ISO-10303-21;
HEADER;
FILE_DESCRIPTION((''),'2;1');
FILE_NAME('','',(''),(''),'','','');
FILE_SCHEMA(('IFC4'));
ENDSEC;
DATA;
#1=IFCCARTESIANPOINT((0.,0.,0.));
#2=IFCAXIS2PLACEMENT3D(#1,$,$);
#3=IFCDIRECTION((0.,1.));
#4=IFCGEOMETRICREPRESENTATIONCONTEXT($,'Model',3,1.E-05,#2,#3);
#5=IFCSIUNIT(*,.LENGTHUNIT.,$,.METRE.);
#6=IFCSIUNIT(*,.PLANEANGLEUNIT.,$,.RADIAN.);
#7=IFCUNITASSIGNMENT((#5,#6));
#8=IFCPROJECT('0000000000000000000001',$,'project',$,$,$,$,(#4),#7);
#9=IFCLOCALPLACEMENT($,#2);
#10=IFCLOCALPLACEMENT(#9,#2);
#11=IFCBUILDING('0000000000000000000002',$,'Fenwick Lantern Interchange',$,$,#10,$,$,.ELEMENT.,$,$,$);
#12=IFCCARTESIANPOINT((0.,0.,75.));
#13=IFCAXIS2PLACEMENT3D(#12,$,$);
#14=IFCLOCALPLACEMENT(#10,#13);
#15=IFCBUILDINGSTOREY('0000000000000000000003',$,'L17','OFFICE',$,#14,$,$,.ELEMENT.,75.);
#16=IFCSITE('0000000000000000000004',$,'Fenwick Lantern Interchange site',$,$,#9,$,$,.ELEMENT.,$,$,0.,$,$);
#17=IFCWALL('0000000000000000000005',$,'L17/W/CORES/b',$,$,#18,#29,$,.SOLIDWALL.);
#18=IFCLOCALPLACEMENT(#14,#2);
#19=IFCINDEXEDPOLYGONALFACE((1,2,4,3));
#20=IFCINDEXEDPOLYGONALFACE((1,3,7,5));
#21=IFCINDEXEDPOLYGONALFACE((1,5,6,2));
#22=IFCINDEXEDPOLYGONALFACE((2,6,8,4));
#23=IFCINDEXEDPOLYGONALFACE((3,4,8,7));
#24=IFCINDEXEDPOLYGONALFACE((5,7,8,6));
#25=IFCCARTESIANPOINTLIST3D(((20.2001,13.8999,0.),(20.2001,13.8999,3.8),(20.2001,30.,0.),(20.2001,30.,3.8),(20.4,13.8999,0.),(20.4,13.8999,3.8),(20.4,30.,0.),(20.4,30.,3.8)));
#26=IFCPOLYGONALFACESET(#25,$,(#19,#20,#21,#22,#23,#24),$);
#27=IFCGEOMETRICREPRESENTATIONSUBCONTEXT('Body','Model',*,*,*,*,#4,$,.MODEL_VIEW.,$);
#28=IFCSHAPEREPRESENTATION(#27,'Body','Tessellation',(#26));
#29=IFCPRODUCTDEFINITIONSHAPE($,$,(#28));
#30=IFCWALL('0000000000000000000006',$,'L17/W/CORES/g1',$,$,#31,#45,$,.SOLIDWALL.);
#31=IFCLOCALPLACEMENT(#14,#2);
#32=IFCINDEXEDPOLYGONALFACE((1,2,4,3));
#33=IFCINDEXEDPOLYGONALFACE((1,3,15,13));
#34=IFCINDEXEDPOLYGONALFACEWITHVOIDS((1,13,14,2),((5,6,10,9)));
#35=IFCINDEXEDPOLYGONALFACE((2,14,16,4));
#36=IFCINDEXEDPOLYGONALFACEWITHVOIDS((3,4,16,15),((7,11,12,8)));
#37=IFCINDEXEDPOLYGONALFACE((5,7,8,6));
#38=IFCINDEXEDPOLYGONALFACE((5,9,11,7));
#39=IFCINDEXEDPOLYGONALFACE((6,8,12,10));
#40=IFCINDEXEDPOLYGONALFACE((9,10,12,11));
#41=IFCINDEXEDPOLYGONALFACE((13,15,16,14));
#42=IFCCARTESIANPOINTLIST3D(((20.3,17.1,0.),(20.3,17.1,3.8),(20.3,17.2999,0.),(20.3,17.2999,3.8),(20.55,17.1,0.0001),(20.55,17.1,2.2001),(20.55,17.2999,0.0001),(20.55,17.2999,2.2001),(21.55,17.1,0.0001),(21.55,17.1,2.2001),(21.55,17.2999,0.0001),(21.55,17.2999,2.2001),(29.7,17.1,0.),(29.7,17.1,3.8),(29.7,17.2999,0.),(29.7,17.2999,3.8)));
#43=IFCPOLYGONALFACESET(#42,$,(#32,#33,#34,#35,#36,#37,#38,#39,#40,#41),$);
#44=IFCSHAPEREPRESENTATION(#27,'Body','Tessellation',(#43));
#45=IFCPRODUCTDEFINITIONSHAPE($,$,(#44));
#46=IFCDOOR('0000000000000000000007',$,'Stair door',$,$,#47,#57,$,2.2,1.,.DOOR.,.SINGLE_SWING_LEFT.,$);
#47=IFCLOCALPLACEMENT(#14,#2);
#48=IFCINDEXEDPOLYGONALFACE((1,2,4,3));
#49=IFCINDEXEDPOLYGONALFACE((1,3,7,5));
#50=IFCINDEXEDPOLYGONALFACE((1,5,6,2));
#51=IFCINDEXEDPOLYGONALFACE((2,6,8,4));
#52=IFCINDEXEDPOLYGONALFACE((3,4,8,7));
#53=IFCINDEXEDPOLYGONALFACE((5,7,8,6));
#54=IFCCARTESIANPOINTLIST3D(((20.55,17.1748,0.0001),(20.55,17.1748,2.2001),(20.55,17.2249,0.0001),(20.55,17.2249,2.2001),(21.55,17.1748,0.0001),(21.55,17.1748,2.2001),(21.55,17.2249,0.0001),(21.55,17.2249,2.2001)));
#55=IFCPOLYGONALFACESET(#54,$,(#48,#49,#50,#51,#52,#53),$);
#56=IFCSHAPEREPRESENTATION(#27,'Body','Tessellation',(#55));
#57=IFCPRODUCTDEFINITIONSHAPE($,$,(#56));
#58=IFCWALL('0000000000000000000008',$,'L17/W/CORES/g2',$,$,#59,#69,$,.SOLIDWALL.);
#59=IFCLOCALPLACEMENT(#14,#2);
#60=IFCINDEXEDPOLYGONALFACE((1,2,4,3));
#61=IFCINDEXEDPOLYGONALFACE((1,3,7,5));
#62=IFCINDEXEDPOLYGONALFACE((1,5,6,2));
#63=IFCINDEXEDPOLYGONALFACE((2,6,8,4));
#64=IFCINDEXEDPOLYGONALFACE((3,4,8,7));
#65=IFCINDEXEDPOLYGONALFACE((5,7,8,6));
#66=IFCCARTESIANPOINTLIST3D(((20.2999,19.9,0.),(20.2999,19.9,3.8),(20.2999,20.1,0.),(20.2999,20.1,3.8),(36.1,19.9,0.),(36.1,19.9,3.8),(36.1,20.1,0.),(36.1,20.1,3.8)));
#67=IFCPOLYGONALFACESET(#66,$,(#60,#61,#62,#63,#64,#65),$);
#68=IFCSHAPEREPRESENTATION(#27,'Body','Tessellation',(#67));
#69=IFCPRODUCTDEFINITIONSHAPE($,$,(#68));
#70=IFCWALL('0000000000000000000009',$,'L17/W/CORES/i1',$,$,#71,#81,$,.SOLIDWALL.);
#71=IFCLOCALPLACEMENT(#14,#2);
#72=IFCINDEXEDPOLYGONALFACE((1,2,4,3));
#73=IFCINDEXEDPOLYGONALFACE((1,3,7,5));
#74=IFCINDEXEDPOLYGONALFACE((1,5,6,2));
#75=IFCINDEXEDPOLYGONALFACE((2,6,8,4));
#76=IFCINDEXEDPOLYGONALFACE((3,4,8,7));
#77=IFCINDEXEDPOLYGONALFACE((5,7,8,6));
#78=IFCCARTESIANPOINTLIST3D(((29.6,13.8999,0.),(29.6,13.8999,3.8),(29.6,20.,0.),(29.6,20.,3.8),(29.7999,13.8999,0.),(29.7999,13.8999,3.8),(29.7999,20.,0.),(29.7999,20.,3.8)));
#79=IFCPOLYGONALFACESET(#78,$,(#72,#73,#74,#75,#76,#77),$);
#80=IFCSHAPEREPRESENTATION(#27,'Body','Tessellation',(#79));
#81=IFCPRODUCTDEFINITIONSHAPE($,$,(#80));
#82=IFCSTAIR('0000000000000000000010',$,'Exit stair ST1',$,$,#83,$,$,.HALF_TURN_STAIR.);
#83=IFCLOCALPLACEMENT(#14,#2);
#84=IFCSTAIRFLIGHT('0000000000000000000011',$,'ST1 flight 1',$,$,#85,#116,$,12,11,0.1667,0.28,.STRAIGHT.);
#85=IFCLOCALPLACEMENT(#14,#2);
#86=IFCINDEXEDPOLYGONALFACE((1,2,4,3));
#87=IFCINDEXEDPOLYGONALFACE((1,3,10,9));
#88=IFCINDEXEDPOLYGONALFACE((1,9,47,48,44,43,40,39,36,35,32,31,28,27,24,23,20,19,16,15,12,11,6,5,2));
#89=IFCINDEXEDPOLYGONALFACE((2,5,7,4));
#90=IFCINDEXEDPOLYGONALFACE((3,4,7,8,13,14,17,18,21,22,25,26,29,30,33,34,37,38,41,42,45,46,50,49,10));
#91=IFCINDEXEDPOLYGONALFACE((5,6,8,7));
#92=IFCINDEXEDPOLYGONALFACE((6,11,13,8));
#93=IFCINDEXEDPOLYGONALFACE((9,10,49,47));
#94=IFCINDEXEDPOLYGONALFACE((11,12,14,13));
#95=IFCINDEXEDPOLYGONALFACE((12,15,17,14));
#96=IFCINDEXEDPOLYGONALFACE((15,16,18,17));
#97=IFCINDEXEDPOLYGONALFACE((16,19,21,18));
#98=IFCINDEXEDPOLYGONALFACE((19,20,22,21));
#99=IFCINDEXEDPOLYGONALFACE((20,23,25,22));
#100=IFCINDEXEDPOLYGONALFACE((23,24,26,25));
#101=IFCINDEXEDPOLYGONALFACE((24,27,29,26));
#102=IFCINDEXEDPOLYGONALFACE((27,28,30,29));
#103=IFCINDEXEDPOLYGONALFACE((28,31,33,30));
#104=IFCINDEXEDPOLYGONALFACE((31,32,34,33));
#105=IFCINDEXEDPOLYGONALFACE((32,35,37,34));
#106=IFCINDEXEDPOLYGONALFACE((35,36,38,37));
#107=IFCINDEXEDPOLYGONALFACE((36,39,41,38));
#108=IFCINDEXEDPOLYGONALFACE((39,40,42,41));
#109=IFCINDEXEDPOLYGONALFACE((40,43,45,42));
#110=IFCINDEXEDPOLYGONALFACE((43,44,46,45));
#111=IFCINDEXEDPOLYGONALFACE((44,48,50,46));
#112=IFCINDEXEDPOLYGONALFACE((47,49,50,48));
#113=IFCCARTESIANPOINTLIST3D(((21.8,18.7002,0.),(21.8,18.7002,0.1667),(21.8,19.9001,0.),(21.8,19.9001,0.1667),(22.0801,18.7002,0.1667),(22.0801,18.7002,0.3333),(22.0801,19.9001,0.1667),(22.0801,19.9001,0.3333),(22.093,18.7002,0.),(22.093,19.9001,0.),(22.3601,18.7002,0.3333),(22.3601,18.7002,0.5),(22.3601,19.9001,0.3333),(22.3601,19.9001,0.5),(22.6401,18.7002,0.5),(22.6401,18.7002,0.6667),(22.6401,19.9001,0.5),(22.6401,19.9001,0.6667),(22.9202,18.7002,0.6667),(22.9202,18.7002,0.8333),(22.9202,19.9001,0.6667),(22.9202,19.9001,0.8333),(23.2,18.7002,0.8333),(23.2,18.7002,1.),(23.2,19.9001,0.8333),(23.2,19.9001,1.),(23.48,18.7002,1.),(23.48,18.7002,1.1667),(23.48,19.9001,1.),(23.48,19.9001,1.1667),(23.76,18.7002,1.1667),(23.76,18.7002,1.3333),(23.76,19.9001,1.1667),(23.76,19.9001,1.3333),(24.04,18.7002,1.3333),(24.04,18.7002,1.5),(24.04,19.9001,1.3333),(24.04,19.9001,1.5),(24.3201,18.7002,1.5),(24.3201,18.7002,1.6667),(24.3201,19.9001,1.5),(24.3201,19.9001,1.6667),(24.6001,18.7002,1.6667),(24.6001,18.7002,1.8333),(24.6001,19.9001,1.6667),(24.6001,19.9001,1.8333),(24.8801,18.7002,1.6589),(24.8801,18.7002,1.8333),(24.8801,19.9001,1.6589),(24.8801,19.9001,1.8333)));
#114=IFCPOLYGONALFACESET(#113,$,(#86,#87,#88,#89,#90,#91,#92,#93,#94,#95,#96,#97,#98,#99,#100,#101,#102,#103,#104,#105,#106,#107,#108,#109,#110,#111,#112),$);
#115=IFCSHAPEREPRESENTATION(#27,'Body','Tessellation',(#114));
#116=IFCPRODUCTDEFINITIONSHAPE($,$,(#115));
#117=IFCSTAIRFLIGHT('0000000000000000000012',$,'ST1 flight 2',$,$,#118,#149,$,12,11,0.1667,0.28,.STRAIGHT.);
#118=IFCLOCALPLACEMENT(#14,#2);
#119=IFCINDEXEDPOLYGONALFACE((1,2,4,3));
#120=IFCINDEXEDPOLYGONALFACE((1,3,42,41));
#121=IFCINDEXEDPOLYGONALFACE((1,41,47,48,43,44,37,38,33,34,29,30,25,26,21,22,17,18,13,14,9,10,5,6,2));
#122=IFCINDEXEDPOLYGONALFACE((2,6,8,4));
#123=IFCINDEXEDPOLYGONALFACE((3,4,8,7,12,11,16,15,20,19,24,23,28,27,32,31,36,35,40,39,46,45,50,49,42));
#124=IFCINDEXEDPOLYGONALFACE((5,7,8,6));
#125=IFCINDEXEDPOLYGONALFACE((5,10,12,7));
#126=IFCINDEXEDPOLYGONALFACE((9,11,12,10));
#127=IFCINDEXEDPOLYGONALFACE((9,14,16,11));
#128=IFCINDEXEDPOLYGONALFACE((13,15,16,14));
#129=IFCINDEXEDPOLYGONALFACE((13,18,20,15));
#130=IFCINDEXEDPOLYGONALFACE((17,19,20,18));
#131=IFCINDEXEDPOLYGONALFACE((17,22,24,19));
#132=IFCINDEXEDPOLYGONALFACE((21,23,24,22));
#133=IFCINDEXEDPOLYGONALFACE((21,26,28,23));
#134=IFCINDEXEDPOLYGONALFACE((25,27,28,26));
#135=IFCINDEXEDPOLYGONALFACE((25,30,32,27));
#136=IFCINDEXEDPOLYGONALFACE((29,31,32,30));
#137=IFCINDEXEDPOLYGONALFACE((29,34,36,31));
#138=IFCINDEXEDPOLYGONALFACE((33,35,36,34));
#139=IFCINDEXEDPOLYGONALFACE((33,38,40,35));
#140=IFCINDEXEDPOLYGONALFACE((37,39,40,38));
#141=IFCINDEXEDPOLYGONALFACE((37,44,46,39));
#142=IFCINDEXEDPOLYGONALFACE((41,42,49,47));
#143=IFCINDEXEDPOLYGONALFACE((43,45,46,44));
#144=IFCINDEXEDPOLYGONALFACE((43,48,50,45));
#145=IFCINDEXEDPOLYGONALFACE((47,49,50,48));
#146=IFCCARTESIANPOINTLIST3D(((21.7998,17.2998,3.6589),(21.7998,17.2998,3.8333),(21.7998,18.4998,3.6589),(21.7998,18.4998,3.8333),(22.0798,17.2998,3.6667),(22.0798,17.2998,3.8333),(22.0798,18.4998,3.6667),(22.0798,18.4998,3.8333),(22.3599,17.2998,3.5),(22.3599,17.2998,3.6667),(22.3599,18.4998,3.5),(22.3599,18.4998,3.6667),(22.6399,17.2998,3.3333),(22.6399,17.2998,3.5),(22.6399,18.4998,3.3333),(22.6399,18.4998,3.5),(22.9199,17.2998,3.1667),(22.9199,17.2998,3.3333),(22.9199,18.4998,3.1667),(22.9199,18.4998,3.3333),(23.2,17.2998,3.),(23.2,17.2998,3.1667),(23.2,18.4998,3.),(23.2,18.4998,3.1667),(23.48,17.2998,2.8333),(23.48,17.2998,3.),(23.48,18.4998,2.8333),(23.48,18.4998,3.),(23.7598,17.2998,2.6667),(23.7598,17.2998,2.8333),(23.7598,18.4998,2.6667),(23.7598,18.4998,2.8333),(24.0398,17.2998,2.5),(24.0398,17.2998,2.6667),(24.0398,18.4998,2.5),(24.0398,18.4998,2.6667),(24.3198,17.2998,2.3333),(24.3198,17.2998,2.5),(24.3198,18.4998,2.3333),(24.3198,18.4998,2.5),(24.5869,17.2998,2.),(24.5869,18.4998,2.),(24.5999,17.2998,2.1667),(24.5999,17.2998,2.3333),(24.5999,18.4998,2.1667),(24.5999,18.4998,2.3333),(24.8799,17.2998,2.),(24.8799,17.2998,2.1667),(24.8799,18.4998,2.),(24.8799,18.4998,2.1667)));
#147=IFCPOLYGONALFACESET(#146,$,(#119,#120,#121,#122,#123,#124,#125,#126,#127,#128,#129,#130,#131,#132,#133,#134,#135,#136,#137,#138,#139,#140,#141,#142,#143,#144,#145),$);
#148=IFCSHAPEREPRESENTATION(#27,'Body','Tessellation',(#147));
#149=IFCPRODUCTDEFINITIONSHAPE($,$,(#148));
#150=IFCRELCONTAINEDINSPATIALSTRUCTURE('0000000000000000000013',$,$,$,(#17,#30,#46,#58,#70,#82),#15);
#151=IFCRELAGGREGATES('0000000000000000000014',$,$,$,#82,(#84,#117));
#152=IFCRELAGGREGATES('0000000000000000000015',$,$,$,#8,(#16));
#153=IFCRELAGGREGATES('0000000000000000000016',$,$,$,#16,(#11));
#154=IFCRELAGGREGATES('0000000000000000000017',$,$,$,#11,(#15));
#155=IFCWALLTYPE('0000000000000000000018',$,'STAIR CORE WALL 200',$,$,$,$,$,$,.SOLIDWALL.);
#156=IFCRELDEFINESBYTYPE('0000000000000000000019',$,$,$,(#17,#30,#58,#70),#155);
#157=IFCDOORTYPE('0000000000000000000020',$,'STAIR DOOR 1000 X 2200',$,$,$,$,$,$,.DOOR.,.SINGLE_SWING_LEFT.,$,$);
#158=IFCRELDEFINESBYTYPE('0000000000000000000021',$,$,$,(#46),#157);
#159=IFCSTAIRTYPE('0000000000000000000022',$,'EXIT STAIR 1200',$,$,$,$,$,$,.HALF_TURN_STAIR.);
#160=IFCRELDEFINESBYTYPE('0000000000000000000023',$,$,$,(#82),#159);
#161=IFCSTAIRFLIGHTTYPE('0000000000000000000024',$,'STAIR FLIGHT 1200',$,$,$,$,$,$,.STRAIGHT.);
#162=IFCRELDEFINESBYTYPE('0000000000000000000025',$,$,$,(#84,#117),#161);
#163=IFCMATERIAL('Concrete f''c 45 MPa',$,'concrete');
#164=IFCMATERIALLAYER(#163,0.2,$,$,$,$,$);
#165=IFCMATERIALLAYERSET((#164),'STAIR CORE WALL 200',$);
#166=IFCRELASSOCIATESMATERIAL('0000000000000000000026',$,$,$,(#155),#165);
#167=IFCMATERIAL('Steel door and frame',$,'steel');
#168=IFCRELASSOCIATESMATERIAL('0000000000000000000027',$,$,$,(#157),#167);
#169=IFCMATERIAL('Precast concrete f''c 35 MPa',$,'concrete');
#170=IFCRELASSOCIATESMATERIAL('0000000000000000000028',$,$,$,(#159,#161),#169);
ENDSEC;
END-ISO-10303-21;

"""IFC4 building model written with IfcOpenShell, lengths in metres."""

from ifc_helpers import new_model, si_unit, direction, frame, frame_2d, origin, place, context, subcontext, project, spatial, polyline, rectangle, outline, extrude, material, layer, layer_set, type_object, element, fill, aggregate, save


model = new_model("IFC4")

# Units and contexts
model_context = context("Model", 3, precision=1e-05, world=origin(), true_north=direction((0.0, 1.0)))
body_context = subcontext(model_context, "Body", "Model", "MODEL_VIEW")
ifc_project = project(units=[si_unit("LENGTHUNIT", "METRE"), si_unit("PLANEANGLEUNIT", "RADIAN")], contexts=[model_context])

# Site, building, storey
site_placement = place(None, origin())
site = spatial("IfcSite", under=ifc_project, at=site_placement, Name="Fenwick Lantern Interchange site", CompositionType="ELEMENT", RefElevation=0.0)
building_placement = place(site_placement, origin())
building = spatial("IfcBuilding", under=site, at=building_placement, Name="Fenwick Lantern Interchange", CompositionType="ELEMENT")
storey_placement = place(building_placement, frame((0.0, 0.0, 75.0)))
storey = spatial("IfcBuildingStorey", under=building, at=storey_placement, Name="L17", Description="OFFICE", CompositionType="ELEMENT", Elevation=75.0)

# Shared definitions
ifc_material_1 = material(Name="Steel door and frame", Category="steel")

# Wall
ifc_material_2 = material(Name="Concrete f'c 45 MPa", Category="concrete")
ifc_layer_1 = layer(ifc_material_2, 0.2)
ifc_layer_set_1 = layer_set([ifc_layer_1], Name="STAIR CORE WALL 200")
wall_type_1 = type_object("IfcWallType", Name="STAIR CORE WALL 200", PredefinedType="SOLIDWALL", material=ifc_layer_set_1)
wall_1_placement = place(storey_placement, frame((20.3, 13.8999, 0.0), z_axis=(0.0, 0.0, 1.0), x_axis=(0.0, 1.0, 0.0)))
element("IfcWall", 1, at=wall_1_placement, inside=storey, type_object=wall_type_1, Name="L17/W/CORES/b", PredefinedType="SOLIDWALL", context=body_context, shape_type="SweptSolid", body=[
    extrude(rectangle(XDim=16.1001, YDim=0.2, at=frame_2d((8.05, 0.0))), origin(), (0.0, 0.0, 1.0), 3.8),
])

# Wall, opening, door
wall_2_placement = place(storey_placement, frame((20.3, 17.2, 0.0), z_axis=(0.0, 0.0, 1.0), x_axis=(1.0, 0.0, 0.0)))
wall_2 = element("IfcWall", 2, at=wall_2_placement, inside=storey, type_object=wall_type_1, Name="L17/W/CORES/g1", PredefinedType="SOLIDWALL", context=body_context, shape_type="SweptSolid", body=[
    extrude(rectangle(XDim=9.3999, YDim=0.2, at=frame_2d((4.7, 0.0))), origin(), (0.0, 0.0, 1.0), 3.8),
])
opening_1_placement = place(wall_2_placement, frame((0.25, 0.0, 0.0)))
opening_1 = element("IfcOpeningElement", 3, at=opening_1_placement, cuts=wall_2, PredefinedType="OPENING", context=body_context, shape_type="SweptSolid", body=[
    extrude(rectangle(XDim=1.0, YDim=2.2, at=frame_2d((0.5, 1.1001))), frame((0.0, 0.1099, 0.0), z_axis=(0.0, -1.0, 0.0), x_axis=(1.0, 0.0, 0.0)), (0.0, 0.0, 1.0), 0.22),
])
door_type_1 = type_object("IfcDoorType", Name="STAIR DOOR 1000 X 2200", OperationType="SINGLE_SWING_LEFT", PredefinedType="DOOR", material=ifc_material_1)
door_1_placement = place(opening_1_placement, origin())
door_1 = element("IfcDoor", 4, at=door_1_placement, inside=storey, type_object=door_type_1, Name="Stair door", OperationType="SINGLE_SWING_LEFT", OverallHeight=2.2, OverallWidth=1.0, PredefinedType="DOOR", context=body_context, shape_type="SweptSolid", body=[
    extrude(rectangle(XDim=1.0, YDim=2.2, at=frame_2d((0.5, 1.1001))), frame((0.0, 0.0249, 0.0), z_axis=(0.0, -1.0, 0.0), x_axis=(1.0, 0.0, 0.0)), (0.0, 0.0, 1.0), 0.05),
])
fill(opening_1, door_1)

# Walls
wall_3_placement = place(storey_placement, frame((20.3, 20.0, 0.0), z_axis=(0.0, 0.0, 1.0), x_axis=(1.0, 0.0, 0.0)))
element("IfcWall", 5, at=wall_3_placement, inside=storey, type_object=wall_type_1, Name="L17/W/CORES/g2", PredefinedType="SOLIDWALL", context=body_context, shape_type="SweptSolid", body=[
    extrude(rectangle(XDim=15.8, YDim=0.2, at=frame_2d((7.8999, 0.0))), origin(), (0.0, 0.0, 1.0), 3.8),
])
wall_4_placement = place(storey_placement, frame((29.7, 13.8999, 0.0), z_axis=(0.0, 0.0, 1.0), x_axis=(0.0, 1.0, 0.0)))
element("IfcWall", 6, at=wall_4_placement, inside=storey, type_object=wall_type_1, Name="L17/W/CORES/i1", PredefinedType="SOLIDWALL", context=body_context, shape_type="SweptSolid", body=[
    extrude(rectangle(XDim=6.1001, YDim=0.2, at=frame_2d((3.05, 0.0))), origin(), (0.0, 0.0, 1.0), 3.8),
])

# Stair, stair flights
ifc_material_3 = material(Name="Precast concrete f'c 35 MPa", Category="concrete")
stair_type = type_object("IfcStairType", Name="EXIT STAIR 1200", PredefinedType="HALF_TURN_STAIR", material=ifc_material_3)
stair_placement = place(storey_placement, origin())
stair = element("IfcStair", 7, at=stair_placement, inside=storey, type_object=stair_type, Name="Exit stair ST1", PredefinedType="HALF_TURN_STAIR")
stair_flight_type = type_object("IfcStairFlightType", Name="STAIR FLIGHT 1200", PredefinedType="STRAIGHT", material=ifc_material_3)
stair_flight_1_placement = place(storey_placement, frame((21.8, 19.3, 0.0), z_axis=(0.0, 0.0, 1.0), x_axis=(1.0, 0.0, 0.0)))
stair_flight_1 = element("IfcStairFlight", 8, at=stair_flight_1_placement, type_object=stair_flight_type, Name="ST1 flight 1", NumberOfRisers=12, NumberOfTreads=11, PredefinedType="STRAIGHT", RiserHeight=0.1667, TreadLength=0.28, context=body_context, shape_type="SweptSolid", body=[
    extrude(outline(polyline([(0.0, 0.0), (0.0, 0.1667), (0.28, 0.1667), (0.28, 0.3333), (0.5601, 0.3333), (0.5601, 0.5), (0.8401, 0.5), (0.8401, 0.6667), (1.1201, 0.6667), (1.1201, 0.8333), (1.3999, 0.8333), (1.3999, 1.0), (1.6799, 1.0), (1.6799, 1.1667), (1.96, 1.1667), (1.96, 1.3333), (2.24, 1.3333), (2.24, 1.5), (2.52, 1.5), (2.52, 1.6667), (2.8, 1.6667), (2.8, 1.8333), (3.0801, 1.8333), (3.0801, 2.0), (3.0801, 1.6589), (0.293, 0.0), (0.0, 0.0)])), frame((0.0, 0.6001, 0.0), z_axis=(0.0, -1.0, 0.0), x_axis=(1.0, 0.0, 0.0)), (0.0, 0.0, 1.0), 1.2),
])
stair_flight_2_placement = place(storey_placement, frame((24.8799, 17.8999, 2.0), z_axis=(0.0, 0.0, 1.0), x_axis=(-1.0, 0.0, 0.0)))
stair_flight_2 = element("IfcStairFlight", 9, at=stair_flight_2_placement, type_object=stair_flight_type, Name="ST1 flight 2", NumberOfRisers=12, NumberOfTreads=11, PredefinedType="STRAIGHT", RiserHeight=0.1667, TreadLength=0.28, context=body_context, shape_type="SweptSolid", body=[
    extrude(outline(polyline([(0.0, 0.0), (0.0, 0.1667), (0.28, 0.1667), (0.28, 0.3333), (0.5601, 0.3333), (0.5601, 0.5), (0.8401, 0.5), (0.8401, 0.6667), (1.1201, 0.6667), (1.1201, 0.8333), (1.3999, 0.8333), (1.3999, 1.0), (1.6799, 1.0), (1.6799, 1.1667), (1.96, 1.1667), (1.96, 1.3333), (2.24, 1.3333), (2.24, 1.5), (2.52, 1.5), (2.52, 1.6667), (2.8, 1.6667), (2.8, 1.8333), (3.0801, 1.8333), (3.0801, 2.0), (3.0801, 1.6589), (0.293, 0.0), (0.0, 0.0)])), frame((0.0, 0.6001, 0.0), z_axis=(0.0, -1.0, 0.0), x_axis=(1.0, 0.0, 0.0)), (0.0, 0.0, 1.0), 1.2),
])
aggregate(stair, [stair_flight_1, stair_flight_2])

save(model, "model.ifc")
